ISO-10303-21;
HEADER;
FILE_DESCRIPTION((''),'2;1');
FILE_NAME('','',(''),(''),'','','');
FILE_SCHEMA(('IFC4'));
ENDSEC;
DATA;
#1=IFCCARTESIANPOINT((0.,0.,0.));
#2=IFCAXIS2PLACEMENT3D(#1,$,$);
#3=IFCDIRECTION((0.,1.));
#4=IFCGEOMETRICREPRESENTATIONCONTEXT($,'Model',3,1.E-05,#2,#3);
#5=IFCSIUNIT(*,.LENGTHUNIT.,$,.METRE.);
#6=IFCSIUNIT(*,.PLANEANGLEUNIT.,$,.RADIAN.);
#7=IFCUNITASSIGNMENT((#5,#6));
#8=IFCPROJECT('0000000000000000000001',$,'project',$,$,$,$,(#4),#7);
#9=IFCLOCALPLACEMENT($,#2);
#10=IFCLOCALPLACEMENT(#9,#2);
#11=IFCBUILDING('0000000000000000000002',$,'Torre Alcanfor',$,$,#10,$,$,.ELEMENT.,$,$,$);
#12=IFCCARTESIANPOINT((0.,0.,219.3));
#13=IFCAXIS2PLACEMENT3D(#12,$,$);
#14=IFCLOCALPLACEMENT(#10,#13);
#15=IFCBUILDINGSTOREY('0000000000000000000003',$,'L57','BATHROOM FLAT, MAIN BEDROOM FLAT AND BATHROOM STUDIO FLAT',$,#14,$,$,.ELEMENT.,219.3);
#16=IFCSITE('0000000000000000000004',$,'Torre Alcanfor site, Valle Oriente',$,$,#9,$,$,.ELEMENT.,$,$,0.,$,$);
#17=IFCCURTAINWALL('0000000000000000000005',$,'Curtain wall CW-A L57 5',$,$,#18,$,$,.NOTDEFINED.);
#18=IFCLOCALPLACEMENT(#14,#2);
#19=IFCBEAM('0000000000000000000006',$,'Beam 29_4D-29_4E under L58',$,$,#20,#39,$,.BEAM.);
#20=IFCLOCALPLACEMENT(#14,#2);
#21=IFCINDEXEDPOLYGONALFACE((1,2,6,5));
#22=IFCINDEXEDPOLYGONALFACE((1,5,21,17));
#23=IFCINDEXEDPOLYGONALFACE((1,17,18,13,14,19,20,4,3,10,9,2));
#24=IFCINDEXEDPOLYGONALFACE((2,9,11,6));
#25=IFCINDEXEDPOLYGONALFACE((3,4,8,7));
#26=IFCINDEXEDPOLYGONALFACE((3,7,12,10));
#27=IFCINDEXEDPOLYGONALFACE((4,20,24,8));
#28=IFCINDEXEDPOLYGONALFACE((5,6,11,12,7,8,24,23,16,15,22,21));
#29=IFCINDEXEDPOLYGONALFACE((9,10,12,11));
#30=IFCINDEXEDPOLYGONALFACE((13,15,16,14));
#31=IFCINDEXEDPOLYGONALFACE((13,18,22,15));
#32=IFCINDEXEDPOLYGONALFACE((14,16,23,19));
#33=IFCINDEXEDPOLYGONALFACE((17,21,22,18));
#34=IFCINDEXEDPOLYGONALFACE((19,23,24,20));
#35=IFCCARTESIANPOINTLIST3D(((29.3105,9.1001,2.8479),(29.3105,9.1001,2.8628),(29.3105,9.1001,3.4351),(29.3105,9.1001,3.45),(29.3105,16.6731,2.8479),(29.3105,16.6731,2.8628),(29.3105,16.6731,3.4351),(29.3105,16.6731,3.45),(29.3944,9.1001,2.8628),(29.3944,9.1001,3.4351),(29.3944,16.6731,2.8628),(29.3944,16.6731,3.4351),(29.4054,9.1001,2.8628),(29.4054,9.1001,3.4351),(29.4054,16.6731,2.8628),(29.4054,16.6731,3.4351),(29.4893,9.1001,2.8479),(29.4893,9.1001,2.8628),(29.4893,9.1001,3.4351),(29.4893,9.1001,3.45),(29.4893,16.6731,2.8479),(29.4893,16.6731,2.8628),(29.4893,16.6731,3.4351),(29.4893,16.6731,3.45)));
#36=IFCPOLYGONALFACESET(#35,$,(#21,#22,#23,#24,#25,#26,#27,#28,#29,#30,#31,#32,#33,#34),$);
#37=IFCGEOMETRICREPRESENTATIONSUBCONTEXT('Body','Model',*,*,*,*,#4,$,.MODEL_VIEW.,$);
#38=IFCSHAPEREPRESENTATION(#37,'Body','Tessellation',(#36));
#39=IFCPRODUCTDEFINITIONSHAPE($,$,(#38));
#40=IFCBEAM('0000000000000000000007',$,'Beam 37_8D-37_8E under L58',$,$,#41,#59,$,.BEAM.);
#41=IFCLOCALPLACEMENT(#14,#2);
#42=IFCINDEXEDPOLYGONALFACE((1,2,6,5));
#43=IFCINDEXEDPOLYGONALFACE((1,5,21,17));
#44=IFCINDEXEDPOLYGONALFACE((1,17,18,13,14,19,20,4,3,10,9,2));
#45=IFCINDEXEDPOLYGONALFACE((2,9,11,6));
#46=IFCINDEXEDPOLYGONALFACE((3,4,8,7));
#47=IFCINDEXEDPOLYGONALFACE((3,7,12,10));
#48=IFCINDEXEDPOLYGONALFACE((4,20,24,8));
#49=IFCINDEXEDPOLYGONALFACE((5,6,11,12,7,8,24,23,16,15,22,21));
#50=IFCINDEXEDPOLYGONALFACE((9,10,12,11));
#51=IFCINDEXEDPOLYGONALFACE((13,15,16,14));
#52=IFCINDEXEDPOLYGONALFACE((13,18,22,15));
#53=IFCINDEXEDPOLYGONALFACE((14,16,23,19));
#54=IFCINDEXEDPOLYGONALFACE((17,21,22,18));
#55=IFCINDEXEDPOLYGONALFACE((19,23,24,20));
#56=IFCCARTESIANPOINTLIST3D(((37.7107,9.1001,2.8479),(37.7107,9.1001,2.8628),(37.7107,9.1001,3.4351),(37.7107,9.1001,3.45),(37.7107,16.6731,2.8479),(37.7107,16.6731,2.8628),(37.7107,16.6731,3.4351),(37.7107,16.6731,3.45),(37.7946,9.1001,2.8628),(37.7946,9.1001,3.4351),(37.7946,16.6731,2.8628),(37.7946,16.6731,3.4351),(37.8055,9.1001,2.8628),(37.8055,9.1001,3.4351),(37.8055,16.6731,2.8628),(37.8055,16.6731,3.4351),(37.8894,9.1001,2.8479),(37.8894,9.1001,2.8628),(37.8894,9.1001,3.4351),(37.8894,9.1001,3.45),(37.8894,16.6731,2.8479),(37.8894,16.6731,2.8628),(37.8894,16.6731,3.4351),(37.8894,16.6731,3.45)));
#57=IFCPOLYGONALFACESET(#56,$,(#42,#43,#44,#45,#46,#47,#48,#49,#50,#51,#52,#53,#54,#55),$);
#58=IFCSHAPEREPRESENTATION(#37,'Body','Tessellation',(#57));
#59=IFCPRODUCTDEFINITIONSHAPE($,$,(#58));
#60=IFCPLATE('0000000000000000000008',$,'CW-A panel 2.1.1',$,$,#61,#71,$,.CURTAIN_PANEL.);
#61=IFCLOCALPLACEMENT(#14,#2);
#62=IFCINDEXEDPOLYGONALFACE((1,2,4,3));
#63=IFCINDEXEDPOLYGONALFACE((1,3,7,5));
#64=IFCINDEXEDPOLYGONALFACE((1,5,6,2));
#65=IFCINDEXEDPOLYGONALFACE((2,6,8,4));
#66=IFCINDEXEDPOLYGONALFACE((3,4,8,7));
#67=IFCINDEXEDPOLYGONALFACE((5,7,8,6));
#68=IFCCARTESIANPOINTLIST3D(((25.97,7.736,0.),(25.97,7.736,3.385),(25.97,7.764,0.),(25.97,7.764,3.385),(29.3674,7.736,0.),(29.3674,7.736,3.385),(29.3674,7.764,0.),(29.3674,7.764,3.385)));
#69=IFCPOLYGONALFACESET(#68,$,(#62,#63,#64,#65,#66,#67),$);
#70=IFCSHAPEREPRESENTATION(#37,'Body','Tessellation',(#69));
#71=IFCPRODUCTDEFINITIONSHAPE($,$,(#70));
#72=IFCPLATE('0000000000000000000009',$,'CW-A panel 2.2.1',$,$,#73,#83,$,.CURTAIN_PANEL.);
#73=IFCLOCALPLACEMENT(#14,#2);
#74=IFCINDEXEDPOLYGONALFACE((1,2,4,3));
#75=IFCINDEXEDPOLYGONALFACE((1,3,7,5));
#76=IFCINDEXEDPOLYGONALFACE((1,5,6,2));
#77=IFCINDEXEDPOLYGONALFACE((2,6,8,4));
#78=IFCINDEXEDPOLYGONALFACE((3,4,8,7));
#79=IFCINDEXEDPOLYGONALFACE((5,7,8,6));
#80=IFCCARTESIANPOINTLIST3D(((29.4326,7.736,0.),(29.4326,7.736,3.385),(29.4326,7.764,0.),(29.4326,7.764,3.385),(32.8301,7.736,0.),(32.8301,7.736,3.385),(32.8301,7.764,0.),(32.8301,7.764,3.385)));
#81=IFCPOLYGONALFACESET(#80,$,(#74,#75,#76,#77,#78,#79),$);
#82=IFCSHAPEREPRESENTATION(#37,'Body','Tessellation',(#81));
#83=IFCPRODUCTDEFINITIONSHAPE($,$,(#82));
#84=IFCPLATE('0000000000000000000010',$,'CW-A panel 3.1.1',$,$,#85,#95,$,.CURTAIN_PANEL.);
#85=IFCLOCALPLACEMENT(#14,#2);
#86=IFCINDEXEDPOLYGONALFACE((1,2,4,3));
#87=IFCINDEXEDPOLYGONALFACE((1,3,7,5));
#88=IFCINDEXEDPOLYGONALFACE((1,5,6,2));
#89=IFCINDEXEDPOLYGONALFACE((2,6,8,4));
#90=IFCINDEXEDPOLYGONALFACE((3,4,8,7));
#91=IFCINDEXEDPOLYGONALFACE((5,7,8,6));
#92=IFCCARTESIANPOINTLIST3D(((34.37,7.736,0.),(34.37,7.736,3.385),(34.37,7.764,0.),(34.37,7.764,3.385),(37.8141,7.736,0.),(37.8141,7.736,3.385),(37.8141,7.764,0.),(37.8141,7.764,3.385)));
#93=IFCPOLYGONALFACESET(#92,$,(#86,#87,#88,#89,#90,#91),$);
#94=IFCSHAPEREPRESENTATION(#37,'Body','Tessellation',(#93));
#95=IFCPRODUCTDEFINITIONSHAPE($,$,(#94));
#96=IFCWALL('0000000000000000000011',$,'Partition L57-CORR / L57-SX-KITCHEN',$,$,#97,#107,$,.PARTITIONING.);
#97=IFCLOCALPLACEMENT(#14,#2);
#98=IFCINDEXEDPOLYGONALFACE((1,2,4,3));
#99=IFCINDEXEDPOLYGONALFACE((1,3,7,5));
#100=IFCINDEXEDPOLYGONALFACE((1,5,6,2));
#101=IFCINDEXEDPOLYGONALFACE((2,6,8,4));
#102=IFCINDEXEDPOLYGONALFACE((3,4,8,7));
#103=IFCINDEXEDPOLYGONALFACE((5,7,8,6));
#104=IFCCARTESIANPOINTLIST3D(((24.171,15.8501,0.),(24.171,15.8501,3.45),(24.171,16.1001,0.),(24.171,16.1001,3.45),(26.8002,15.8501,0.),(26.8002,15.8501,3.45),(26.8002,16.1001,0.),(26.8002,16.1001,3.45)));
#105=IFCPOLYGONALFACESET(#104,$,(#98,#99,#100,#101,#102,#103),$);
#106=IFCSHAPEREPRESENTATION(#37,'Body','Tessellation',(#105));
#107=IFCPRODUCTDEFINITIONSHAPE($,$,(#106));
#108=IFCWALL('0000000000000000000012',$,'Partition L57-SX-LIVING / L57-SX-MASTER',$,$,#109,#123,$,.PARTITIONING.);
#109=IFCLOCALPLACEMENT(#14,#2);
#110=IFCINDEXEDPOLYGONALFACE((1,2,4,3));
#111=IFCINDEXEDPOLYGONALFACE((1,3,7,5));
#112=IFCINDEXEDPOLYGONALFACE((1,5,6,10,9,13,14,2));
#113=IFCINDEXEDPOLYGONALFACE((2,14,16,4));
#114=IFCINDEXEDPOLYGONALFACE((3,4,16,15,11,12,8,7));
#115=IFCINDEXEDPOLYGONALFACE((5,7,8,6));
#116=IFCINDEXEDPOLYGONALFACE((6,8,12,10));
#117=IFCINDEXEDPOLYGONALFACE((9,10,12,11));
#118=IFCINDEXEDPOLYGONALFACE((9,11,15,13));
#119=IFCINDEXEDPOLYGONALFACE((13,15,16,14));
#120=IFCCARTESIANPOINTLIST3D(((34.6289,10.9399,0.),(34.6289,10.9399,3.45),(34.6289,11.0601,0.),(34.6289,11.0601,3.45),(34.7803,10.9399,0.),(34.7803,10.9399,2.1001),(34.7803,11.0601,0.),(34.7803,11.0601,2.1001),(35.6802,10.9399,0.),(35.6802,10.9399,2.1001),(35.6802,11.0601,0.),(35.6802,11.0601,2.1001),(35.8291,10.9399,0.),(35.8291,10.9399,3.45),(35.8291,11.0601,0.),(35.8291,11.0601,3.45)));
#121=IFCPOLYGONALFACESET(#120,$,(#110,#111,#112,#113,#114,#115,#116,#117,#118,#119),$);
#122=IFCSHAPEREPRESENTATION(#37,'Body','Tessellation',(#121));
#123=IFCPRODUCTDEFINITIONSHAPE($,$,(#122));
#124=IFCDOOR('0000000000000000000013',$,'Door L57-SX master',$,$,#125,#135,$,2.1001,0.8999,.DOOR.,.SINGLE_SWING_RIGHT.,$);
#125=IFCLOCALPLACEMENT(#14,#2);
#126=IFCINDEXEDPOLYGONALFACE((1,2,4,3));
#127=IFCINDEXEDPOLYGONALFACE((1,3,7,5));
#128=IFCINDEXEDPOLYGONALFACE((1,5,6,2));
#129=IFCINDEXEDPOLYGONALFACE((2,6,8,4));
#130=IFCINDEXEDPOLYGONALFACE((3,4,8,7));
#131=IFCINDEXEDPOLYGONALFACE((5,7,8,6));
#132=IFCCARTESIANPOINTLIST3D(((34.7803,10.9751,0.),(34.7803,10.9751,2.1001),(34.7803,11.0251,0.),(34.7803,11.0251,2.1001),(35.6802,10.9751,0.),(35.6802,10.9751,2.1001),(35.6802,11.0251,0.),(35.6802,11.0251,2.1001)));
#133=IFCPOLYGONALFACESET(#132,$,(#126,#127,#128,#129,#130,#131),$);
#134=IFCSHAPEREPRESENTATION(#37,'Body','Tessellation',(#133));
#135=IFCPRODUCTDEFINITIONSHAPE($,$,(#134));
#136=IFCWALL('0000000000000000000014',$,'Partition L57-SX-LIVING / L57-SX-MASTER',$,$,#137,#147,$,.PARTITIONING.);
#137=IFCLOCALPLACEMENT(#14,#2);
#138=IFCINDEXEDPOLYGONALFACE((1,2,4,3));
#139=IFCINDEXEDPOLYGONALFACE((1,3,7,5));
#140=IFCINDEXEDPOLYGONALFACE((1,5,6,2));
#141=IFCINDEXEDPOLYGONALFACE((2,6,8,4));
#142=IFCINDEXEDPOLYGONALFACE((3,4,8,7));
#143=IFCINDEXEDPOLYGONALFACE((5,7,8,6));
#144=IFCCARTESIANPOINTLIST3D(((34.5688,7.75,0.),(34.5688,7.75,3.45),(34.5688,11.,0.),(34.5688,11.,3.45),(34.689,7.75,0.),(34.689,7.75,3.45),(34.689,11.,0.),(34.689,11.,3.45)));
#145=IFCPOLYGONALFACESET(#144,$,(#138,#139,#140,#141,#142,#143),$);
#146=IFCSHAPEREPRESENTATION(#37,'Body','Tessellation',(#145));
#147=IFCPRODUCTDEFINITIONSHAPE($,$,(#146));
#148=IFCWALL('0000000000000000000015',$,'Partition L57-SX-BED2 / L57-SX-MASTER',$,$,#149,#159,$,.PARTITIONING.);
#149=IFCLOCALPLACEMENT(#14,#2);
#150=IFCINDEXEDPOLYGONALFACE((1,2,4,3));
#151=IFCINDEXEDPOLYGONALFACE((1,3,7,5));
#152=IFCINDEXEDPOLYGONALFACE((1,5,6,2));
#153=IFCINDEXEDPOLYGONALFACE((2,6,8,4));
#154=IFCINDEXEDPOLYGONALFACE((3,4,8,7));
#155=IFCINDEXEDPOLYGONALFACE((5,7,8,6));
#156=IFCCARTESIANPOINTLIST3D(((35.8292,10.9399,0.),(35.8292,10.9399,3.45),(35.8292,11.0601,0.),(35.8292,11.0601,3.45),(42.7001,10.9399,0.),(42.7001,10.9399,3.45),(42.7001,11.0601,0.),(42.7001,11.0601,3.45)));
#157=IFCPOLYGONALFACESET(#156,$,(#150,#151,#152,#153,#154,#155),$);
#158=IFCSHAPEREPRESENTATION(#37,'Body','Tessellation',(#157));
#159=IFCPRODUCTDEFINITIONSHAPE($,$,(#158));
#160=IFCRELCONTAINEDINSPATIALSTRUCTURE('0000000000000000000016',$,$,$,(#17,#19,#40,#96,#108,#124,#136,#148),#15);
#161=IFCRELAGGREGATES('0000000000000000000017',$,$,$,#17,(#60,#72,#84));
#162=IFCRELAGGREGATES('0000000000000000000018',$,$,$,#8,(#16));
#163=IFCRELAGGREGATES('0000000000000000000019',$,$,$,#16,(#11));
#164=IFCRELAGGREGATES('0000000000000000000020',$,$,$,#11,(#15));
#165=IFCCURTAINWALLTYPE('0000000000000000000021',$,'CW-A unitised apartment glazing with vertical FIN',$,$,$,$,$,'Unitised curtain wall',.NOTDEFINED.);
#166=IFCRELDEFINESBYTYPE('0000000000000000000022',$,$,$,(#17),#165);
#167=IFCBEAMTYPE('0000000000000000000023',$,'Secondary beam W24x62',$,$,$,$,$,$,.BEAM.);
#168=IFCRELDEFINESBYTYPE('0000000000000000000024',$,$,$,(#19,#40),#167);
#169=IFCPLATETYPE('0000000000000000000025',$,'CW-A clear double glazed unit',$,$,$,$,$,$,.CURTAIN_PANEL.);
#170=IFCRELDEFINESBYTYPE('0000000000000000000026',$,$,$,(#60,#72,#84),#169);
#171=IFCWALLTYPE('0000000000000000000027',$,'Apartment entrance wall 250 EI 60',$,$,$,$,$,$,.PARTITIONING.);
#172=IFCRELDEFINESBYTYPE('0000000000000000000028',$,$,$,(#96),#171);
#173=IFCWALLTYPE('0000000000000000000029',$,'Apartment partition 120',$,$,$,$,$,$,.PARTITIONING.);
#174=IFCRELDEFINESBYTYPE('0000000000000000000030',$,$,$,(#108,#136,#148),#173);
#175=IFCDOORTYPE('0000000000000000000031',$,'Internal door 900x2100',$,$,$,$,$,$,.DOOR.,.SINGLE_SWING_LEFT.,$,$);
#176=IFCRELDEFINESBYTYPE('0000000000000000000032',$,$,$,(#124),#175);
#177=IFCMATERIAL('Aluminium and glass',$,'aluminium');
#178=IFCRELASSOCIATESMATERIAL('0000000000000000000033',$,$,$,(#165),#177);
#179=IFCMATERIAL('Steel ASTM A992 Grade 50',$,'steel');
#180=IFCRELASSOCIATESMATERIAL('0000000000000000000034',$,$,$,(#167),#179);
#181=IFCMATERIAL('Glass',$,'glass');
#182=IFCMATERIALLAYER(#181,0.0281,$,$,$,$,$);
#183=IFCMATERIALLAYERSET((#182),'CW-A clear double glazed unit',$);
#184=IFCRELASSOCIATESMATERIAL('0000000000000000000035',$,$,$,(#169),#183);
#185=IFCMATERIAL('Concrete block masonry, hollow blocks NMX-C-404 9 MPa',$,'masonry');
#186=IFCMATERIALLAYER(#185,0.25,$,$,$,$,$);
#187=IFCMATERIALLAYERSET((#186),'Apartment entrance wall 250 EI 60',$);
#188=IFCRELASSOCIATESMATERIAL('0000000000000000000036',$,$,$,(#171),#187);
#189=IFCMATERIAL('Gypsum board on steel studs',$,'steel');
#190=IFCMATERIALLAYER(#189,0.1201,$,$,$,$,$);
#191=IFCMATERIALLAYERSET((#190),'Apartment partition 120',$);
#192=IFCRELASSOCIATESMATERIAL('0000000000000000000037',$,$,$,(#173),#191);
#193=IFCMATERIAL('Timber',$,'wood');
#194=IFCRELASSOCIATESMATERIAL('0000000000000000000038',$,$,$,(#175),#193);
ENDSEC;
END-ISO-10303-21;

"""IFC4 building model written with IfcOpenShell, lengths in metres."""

from ifc_helpers import new_model, si_unit, direction, frame, frame_2d, origin, origin_2d, place, context, subcontext, project, spatial, rectangle, i_section, extrude, material, layer, layer_set, material_profile, profile_set, type_object, element, fill, aggregate, save


model = new_model("IFC4")

# Units and contexts
model_context = context("Model", 3, precision=1e-05, world=origin(), true_north=direction((0.0, 1.0)))
body_context = subcontext(model_context, "Body", "Model", "MODEL_VIEW")
ifc_project = project(units=[si_unit("LENGTHUNIT", "METRE"), si_unit("PLANEANGLEUNIT", "RADIAN")], contexts=[model_context])

# Site, building, storey
site_placement = place(None, origin())
site = spatial("IfcSite", under=ifc_project, at=site_placement, Name="Torre Alcanfor site, Valle Oriente", CompositionType="ELEMENT", RefElevation=0.0)
building_placement = place(site_placement, origin())
building = spatial("IfcBuilding", under=site, at=building_placement, Name="Torre Alcanfor", CompositionType="ELEMENT")
storey_placement = place(building_placement, frame((0.0, 0.0, 219.3)))
storey = spatial("IfcBuildingStorey", under=building, at=storey_placement, Name="L57", Description="BATHROOM FLAT, MAIN BEDROOM FLAT AND BATHROOM STUDIO FLAT", CompositionType="ELEMENT", Elevation=219.3)

# Curtain wall
ifc_material_1 = material(Name="Aluminium and glass", Category="aluminium")
curtain_wall_type = type_object("IfcCurtainWallType", Name="CW-A unitised apartment glazing with vertical FIN", ElementType="Unitised curtain wall", PredefinedType="NOTDEFINED", material=ifc_material_1)
curtain_wall_placement = place(storey_placement, origin())
curtain_wall = element("IfcCurtainWall", 1, at=curtain_wall_placement, inside=storey, type_object=curtain_wall_type, Name="Curtain wall CW-A L57 5", PredefinedType="NOTDEFINED")

# Beams
ifc_material_2 = material(Name="Steel ASTM A992 Grade 50", Category="steel")
ifc_material_profile_1 = material_profile(ifc_material_2, i_section(OverallWidth=0.1787, OverallDepth=0.6021, WebThickness=0.011, FlangeThickness=0.0149, at=origin_2d()), Name="W24x62")
ifc_profile_set_1 = profile_set([ifc_material_profile_1], Name="Steel ASTM A992 Grade 50")
beam_type_1 = type_object("IfcBeamType", Name="Secondary beam W24x62", PredefinedType="BEAM", material=ifc_profile_set_1)
for number, where, z_axis, x_axis, name in (
    (2, (29.3999, 9.1001, 3.1489), (0.0, 1.0, 0.0), (-1.0, 0.0, 0.0), "Beam 29_4D-29_4E under L58"),
    (3, (37.8, 9.1001, 3.1489), (0.0, 1.0, 0.0), (-1.0, 0.0, 0.0), "Beam 37_8D-37_8E under L58"),
):
    element("IfcBeam", number, at=place(storey_placement, frame(where, z_axis=z_axis, x_axis=x_axis)), inside=storey, type_object=beam_type_1, Name=name, PredefinedType="BEAM", context=body_context, shape_type="SweptSolid", body=[
        extrude(i_section(OverallWidth=0.1787, OverallDepth=0.6021, WebThickness=0.011, FlangeThickness=0.0149, at=origin_2d()), origin(), (0.0, 0.0, 1.0), 7.573),
    ])

# Plates
ifc_material_3 = material(Name="Glass", Category="glass")
ifc_layer_1 = layer(ifc_material_3, 0.0281)
ifc_layer_set_1 = layer_set([ifc_layer_1], Name="CW-A clear double glazed unit")
plate_type = type_object("IfcPlateType", Name="CW-A clear double glazed unit", PredefinedType="CURTAIN_PANEL", material=ifc_layer_set_1)
plate_1_placement = place(storey_placement, frame((27.6687, 7.75, 0.0), z_axis=(0.0, 0.0, 1.0), x_axis=(1.0, 0.0, 0.0)))
plate_1 = element("IfcPlate", 4, at=plate_1_placement, type_object=plate_type, Name="CW-A panel 2.1.1", PredefinedType="CURTAIN_PANEL", context=body_context, shape_type="SweptSolid", body=[
    extrude(rectangle(XDim=3.3975, YDim=0.0281, at=origin_2d()), origin(), (0.0, 0.0, 1.0), 3.385),
])
plate_2_placement = place(storey_placement, frame((31.1313, 7.75, 0.0), z_axis=(0.0, 0.0, 1.0), x_axis=(1.0, 0.0, 0.0)))
plate_2 = element("IfcPlate", 5, at=plate_2_placement, type_object=plate_type, Name="CW-A panel 2.2.1", PredefinedType="CURTAIN_PANEL", context=body_context, shape_type="SweptSolid", body=[
    extrude(rectangle(XDim=3.3975, YDim=0.0281, at=origin_2d()), origin(), (0.0, 0.0, 1.0), 3.385),
])
plate_3_placement = place(storey_placement, frame((36.092, 7.75, 0.0), z_axis=(0.0, 0.0, 1.0), x_axis=(1.0, 0.0, 0.0)))
plate_3 = element("IfcPlate", 6, at=plate_3_placement, type_object=plate_type, Name="CW-A panel 3.1.1", PredefinedType="CURTAIN_PANEL", context=body_context, shape_type="SweptSolid", body=[
    extrude(rectangle(XDim=3.4441, YDim=0.0281, at=origin_2d()), origin(), (0.0, 0.0, 1.0), 3.385),
])
aggregate(curtain_wall, [plate_1, plate_2, plate_3])

# Wall
ifc_material_4 = material(Name="Concrete block masonry, hollow blocks NMX-C-404 9 MPa", Category="masonry")
ifc_layer_2 = layer(ifc_material_4, 0.25)
ifc_layer_set_2 = layer_set([ifc_layer_2], Name="Apartment entrance wall 250 EI 60")
wall_type_1 = type_object("IfcWallType", Name="Apartment entrance wall 250 EI 60", PredefinedType="PARTITIONING", material=ifc_layer_set_2)
wall_1_placement = place(storey_placement, frame((26.8, 15.9751, 0.0), z_axis=(0.0, 0.0, 1.0), x_axis=(-1.0, 0.0, 0.0)))
element("IfcWall", 7, at=wall_1_placement, inside=storey, type_object=wall_type_1, Name="Partition L57-CORR / L57-SX-KITCHEN", PredefinedType="PARTITIONING", context=body_context, shape_type="SweptSolid", body=[
    extrude(rectangle(XDim=2.6292, YDim=0.25, at=frame_2d((1.3145, 0.0))), origin(), (0.0, 0.0, 1.0), 3.45),
])

# Wall, opening, door
ifc_material_5 = material(Name="Gypsum board on steel studs", Category="steel")
ifc_layer_3 = layer(ifc_material_5, 0.1201)
ifc_layer_set_3 = layer_set([ifc_layer_3], Name="Apartment partition 120")
wall_type_2 = type_object("IfcWallType", Name="Apartment partition 120", PredefinedType="PARTITIONING", material=ifc_layer_set_3)
wall_2_placement = place(storey_placement, frame((35.8291, 11.0, 0.0), z_axis=(0.0, 0.0, 1.0), x_axis=(-1.0, 0.0, 0.0)))
wall_2 = element("IfcWall", 8, at=wall_2_placement, inside=storey, type_object=wall_type_2, Name="Partition L57-SX-LIVING / L57-SX-MASTER", PredefinedType="PARTITIONING", context=body_context, shape_type="SweptSolid", body=[
    extrude(rectangle(XDim=1.2002, YDim=0.1201, at=frame_2d((0.6001, 0.0))), origin(), (0.0, 0.0, 1.0), 3.45),
])
opening_1_placement = place(wall_2_placement, frame((0.1489, 0.0, 0.0)))
opening_1 = element("IfcOpeningElement", 9, at=opening_1_placement, cuts=wall_2, PredefinedType="OPENING", context=body_context, shape_type="SweptSolid", body=[
    extrude(rectangle(XDim=0.8999, YDim=2.1001, at=frame_2d((0.45, 1.05))), frame((0.0, 0.0701, 0.0), z_axis=(0.0, -1.0, 0.0), x_axis=(1.0, 0.0, 0.0)), (0.0, 0.0, 1.0), 0.1401),
])
ifc_material_6 = material(Name="Timber", Category="wood")
door_type_1 = type_object("IfcDoorType", Name="Internal door 900x2100", OperationType="SINGLE_SWING_LEFT", PredefinedType="DOOR", material=ifc_material_6)
door_1_placement = place(opening_1_placement, origin())
door_1 = element("IfcDoor", 10, at=door_1_placement, inside=storey, type_object=door_type_1, Name="Door L57-SX master", OperationType="SINGLE_SWING_RIGHT", OverallHeight=2.1001, OverallWidth=0.8999, PredefinedType="DOOR", context=body_context, shape_type="SweptSolid", body=[
    extrude(rectangle(XDim=0.8999, YDim=2.1001, at=frame_2d((0.45, 1.05))), frame((0.0, 0.0249, 0.0), z_axis=(0.0, -1.0, 0.0), x_axis=(1.0, 0.0, 0.0)), (0.0, 0.0, 1.0), 0.05),
])
fill(opening_1, door_1)

# Walls
wall_3_placement = place(storey_placement, frame((34.6289, 11.0, 0.0), z_axis=(0.0, 0.0, 1.0), x_axis=(0.0, -1.0, 0.0)))
element("IfcWall", 11, at=wall_3_placement, inside=storey, type_object=wall_type_2, Name="Partition L57-SX-LIVING / L57-SX-MASTER", PredefinedType="PARTITIONING", context=body_context, shape_type="SweptSolid", body=[
    extrude(rectangle(XDim=3.25, YDim=0.1201, at=frame_2d((1.625, 0.0))), origin(), (0.0, 0.0, 1.0), 3.45),
])
wall_4_placement = place(storey_placement, frame((35.8291, 11.0, 0.0), z_axis=(0.0, 0.0, 1.0), x_axis=(1.0, 0.0, 0.0)))
element("IfcWall", 12, at=wall_4_placement, inside=storey, type_object=wall_type_2, Name="Partition L57-SX-BED2 / L57-SX-MASTER", PredefinedType="PARTITIONING", context=body_context, shape_type="SweptSolid", body=[
    extrude(rectangle(XDim=6.8708, YDim=0.1201, at=frame_2d((3.4355, 0.0))), origin(), (0.0, 0.0, 1.0), 3.45),
])

save(model, "model.ifc")
